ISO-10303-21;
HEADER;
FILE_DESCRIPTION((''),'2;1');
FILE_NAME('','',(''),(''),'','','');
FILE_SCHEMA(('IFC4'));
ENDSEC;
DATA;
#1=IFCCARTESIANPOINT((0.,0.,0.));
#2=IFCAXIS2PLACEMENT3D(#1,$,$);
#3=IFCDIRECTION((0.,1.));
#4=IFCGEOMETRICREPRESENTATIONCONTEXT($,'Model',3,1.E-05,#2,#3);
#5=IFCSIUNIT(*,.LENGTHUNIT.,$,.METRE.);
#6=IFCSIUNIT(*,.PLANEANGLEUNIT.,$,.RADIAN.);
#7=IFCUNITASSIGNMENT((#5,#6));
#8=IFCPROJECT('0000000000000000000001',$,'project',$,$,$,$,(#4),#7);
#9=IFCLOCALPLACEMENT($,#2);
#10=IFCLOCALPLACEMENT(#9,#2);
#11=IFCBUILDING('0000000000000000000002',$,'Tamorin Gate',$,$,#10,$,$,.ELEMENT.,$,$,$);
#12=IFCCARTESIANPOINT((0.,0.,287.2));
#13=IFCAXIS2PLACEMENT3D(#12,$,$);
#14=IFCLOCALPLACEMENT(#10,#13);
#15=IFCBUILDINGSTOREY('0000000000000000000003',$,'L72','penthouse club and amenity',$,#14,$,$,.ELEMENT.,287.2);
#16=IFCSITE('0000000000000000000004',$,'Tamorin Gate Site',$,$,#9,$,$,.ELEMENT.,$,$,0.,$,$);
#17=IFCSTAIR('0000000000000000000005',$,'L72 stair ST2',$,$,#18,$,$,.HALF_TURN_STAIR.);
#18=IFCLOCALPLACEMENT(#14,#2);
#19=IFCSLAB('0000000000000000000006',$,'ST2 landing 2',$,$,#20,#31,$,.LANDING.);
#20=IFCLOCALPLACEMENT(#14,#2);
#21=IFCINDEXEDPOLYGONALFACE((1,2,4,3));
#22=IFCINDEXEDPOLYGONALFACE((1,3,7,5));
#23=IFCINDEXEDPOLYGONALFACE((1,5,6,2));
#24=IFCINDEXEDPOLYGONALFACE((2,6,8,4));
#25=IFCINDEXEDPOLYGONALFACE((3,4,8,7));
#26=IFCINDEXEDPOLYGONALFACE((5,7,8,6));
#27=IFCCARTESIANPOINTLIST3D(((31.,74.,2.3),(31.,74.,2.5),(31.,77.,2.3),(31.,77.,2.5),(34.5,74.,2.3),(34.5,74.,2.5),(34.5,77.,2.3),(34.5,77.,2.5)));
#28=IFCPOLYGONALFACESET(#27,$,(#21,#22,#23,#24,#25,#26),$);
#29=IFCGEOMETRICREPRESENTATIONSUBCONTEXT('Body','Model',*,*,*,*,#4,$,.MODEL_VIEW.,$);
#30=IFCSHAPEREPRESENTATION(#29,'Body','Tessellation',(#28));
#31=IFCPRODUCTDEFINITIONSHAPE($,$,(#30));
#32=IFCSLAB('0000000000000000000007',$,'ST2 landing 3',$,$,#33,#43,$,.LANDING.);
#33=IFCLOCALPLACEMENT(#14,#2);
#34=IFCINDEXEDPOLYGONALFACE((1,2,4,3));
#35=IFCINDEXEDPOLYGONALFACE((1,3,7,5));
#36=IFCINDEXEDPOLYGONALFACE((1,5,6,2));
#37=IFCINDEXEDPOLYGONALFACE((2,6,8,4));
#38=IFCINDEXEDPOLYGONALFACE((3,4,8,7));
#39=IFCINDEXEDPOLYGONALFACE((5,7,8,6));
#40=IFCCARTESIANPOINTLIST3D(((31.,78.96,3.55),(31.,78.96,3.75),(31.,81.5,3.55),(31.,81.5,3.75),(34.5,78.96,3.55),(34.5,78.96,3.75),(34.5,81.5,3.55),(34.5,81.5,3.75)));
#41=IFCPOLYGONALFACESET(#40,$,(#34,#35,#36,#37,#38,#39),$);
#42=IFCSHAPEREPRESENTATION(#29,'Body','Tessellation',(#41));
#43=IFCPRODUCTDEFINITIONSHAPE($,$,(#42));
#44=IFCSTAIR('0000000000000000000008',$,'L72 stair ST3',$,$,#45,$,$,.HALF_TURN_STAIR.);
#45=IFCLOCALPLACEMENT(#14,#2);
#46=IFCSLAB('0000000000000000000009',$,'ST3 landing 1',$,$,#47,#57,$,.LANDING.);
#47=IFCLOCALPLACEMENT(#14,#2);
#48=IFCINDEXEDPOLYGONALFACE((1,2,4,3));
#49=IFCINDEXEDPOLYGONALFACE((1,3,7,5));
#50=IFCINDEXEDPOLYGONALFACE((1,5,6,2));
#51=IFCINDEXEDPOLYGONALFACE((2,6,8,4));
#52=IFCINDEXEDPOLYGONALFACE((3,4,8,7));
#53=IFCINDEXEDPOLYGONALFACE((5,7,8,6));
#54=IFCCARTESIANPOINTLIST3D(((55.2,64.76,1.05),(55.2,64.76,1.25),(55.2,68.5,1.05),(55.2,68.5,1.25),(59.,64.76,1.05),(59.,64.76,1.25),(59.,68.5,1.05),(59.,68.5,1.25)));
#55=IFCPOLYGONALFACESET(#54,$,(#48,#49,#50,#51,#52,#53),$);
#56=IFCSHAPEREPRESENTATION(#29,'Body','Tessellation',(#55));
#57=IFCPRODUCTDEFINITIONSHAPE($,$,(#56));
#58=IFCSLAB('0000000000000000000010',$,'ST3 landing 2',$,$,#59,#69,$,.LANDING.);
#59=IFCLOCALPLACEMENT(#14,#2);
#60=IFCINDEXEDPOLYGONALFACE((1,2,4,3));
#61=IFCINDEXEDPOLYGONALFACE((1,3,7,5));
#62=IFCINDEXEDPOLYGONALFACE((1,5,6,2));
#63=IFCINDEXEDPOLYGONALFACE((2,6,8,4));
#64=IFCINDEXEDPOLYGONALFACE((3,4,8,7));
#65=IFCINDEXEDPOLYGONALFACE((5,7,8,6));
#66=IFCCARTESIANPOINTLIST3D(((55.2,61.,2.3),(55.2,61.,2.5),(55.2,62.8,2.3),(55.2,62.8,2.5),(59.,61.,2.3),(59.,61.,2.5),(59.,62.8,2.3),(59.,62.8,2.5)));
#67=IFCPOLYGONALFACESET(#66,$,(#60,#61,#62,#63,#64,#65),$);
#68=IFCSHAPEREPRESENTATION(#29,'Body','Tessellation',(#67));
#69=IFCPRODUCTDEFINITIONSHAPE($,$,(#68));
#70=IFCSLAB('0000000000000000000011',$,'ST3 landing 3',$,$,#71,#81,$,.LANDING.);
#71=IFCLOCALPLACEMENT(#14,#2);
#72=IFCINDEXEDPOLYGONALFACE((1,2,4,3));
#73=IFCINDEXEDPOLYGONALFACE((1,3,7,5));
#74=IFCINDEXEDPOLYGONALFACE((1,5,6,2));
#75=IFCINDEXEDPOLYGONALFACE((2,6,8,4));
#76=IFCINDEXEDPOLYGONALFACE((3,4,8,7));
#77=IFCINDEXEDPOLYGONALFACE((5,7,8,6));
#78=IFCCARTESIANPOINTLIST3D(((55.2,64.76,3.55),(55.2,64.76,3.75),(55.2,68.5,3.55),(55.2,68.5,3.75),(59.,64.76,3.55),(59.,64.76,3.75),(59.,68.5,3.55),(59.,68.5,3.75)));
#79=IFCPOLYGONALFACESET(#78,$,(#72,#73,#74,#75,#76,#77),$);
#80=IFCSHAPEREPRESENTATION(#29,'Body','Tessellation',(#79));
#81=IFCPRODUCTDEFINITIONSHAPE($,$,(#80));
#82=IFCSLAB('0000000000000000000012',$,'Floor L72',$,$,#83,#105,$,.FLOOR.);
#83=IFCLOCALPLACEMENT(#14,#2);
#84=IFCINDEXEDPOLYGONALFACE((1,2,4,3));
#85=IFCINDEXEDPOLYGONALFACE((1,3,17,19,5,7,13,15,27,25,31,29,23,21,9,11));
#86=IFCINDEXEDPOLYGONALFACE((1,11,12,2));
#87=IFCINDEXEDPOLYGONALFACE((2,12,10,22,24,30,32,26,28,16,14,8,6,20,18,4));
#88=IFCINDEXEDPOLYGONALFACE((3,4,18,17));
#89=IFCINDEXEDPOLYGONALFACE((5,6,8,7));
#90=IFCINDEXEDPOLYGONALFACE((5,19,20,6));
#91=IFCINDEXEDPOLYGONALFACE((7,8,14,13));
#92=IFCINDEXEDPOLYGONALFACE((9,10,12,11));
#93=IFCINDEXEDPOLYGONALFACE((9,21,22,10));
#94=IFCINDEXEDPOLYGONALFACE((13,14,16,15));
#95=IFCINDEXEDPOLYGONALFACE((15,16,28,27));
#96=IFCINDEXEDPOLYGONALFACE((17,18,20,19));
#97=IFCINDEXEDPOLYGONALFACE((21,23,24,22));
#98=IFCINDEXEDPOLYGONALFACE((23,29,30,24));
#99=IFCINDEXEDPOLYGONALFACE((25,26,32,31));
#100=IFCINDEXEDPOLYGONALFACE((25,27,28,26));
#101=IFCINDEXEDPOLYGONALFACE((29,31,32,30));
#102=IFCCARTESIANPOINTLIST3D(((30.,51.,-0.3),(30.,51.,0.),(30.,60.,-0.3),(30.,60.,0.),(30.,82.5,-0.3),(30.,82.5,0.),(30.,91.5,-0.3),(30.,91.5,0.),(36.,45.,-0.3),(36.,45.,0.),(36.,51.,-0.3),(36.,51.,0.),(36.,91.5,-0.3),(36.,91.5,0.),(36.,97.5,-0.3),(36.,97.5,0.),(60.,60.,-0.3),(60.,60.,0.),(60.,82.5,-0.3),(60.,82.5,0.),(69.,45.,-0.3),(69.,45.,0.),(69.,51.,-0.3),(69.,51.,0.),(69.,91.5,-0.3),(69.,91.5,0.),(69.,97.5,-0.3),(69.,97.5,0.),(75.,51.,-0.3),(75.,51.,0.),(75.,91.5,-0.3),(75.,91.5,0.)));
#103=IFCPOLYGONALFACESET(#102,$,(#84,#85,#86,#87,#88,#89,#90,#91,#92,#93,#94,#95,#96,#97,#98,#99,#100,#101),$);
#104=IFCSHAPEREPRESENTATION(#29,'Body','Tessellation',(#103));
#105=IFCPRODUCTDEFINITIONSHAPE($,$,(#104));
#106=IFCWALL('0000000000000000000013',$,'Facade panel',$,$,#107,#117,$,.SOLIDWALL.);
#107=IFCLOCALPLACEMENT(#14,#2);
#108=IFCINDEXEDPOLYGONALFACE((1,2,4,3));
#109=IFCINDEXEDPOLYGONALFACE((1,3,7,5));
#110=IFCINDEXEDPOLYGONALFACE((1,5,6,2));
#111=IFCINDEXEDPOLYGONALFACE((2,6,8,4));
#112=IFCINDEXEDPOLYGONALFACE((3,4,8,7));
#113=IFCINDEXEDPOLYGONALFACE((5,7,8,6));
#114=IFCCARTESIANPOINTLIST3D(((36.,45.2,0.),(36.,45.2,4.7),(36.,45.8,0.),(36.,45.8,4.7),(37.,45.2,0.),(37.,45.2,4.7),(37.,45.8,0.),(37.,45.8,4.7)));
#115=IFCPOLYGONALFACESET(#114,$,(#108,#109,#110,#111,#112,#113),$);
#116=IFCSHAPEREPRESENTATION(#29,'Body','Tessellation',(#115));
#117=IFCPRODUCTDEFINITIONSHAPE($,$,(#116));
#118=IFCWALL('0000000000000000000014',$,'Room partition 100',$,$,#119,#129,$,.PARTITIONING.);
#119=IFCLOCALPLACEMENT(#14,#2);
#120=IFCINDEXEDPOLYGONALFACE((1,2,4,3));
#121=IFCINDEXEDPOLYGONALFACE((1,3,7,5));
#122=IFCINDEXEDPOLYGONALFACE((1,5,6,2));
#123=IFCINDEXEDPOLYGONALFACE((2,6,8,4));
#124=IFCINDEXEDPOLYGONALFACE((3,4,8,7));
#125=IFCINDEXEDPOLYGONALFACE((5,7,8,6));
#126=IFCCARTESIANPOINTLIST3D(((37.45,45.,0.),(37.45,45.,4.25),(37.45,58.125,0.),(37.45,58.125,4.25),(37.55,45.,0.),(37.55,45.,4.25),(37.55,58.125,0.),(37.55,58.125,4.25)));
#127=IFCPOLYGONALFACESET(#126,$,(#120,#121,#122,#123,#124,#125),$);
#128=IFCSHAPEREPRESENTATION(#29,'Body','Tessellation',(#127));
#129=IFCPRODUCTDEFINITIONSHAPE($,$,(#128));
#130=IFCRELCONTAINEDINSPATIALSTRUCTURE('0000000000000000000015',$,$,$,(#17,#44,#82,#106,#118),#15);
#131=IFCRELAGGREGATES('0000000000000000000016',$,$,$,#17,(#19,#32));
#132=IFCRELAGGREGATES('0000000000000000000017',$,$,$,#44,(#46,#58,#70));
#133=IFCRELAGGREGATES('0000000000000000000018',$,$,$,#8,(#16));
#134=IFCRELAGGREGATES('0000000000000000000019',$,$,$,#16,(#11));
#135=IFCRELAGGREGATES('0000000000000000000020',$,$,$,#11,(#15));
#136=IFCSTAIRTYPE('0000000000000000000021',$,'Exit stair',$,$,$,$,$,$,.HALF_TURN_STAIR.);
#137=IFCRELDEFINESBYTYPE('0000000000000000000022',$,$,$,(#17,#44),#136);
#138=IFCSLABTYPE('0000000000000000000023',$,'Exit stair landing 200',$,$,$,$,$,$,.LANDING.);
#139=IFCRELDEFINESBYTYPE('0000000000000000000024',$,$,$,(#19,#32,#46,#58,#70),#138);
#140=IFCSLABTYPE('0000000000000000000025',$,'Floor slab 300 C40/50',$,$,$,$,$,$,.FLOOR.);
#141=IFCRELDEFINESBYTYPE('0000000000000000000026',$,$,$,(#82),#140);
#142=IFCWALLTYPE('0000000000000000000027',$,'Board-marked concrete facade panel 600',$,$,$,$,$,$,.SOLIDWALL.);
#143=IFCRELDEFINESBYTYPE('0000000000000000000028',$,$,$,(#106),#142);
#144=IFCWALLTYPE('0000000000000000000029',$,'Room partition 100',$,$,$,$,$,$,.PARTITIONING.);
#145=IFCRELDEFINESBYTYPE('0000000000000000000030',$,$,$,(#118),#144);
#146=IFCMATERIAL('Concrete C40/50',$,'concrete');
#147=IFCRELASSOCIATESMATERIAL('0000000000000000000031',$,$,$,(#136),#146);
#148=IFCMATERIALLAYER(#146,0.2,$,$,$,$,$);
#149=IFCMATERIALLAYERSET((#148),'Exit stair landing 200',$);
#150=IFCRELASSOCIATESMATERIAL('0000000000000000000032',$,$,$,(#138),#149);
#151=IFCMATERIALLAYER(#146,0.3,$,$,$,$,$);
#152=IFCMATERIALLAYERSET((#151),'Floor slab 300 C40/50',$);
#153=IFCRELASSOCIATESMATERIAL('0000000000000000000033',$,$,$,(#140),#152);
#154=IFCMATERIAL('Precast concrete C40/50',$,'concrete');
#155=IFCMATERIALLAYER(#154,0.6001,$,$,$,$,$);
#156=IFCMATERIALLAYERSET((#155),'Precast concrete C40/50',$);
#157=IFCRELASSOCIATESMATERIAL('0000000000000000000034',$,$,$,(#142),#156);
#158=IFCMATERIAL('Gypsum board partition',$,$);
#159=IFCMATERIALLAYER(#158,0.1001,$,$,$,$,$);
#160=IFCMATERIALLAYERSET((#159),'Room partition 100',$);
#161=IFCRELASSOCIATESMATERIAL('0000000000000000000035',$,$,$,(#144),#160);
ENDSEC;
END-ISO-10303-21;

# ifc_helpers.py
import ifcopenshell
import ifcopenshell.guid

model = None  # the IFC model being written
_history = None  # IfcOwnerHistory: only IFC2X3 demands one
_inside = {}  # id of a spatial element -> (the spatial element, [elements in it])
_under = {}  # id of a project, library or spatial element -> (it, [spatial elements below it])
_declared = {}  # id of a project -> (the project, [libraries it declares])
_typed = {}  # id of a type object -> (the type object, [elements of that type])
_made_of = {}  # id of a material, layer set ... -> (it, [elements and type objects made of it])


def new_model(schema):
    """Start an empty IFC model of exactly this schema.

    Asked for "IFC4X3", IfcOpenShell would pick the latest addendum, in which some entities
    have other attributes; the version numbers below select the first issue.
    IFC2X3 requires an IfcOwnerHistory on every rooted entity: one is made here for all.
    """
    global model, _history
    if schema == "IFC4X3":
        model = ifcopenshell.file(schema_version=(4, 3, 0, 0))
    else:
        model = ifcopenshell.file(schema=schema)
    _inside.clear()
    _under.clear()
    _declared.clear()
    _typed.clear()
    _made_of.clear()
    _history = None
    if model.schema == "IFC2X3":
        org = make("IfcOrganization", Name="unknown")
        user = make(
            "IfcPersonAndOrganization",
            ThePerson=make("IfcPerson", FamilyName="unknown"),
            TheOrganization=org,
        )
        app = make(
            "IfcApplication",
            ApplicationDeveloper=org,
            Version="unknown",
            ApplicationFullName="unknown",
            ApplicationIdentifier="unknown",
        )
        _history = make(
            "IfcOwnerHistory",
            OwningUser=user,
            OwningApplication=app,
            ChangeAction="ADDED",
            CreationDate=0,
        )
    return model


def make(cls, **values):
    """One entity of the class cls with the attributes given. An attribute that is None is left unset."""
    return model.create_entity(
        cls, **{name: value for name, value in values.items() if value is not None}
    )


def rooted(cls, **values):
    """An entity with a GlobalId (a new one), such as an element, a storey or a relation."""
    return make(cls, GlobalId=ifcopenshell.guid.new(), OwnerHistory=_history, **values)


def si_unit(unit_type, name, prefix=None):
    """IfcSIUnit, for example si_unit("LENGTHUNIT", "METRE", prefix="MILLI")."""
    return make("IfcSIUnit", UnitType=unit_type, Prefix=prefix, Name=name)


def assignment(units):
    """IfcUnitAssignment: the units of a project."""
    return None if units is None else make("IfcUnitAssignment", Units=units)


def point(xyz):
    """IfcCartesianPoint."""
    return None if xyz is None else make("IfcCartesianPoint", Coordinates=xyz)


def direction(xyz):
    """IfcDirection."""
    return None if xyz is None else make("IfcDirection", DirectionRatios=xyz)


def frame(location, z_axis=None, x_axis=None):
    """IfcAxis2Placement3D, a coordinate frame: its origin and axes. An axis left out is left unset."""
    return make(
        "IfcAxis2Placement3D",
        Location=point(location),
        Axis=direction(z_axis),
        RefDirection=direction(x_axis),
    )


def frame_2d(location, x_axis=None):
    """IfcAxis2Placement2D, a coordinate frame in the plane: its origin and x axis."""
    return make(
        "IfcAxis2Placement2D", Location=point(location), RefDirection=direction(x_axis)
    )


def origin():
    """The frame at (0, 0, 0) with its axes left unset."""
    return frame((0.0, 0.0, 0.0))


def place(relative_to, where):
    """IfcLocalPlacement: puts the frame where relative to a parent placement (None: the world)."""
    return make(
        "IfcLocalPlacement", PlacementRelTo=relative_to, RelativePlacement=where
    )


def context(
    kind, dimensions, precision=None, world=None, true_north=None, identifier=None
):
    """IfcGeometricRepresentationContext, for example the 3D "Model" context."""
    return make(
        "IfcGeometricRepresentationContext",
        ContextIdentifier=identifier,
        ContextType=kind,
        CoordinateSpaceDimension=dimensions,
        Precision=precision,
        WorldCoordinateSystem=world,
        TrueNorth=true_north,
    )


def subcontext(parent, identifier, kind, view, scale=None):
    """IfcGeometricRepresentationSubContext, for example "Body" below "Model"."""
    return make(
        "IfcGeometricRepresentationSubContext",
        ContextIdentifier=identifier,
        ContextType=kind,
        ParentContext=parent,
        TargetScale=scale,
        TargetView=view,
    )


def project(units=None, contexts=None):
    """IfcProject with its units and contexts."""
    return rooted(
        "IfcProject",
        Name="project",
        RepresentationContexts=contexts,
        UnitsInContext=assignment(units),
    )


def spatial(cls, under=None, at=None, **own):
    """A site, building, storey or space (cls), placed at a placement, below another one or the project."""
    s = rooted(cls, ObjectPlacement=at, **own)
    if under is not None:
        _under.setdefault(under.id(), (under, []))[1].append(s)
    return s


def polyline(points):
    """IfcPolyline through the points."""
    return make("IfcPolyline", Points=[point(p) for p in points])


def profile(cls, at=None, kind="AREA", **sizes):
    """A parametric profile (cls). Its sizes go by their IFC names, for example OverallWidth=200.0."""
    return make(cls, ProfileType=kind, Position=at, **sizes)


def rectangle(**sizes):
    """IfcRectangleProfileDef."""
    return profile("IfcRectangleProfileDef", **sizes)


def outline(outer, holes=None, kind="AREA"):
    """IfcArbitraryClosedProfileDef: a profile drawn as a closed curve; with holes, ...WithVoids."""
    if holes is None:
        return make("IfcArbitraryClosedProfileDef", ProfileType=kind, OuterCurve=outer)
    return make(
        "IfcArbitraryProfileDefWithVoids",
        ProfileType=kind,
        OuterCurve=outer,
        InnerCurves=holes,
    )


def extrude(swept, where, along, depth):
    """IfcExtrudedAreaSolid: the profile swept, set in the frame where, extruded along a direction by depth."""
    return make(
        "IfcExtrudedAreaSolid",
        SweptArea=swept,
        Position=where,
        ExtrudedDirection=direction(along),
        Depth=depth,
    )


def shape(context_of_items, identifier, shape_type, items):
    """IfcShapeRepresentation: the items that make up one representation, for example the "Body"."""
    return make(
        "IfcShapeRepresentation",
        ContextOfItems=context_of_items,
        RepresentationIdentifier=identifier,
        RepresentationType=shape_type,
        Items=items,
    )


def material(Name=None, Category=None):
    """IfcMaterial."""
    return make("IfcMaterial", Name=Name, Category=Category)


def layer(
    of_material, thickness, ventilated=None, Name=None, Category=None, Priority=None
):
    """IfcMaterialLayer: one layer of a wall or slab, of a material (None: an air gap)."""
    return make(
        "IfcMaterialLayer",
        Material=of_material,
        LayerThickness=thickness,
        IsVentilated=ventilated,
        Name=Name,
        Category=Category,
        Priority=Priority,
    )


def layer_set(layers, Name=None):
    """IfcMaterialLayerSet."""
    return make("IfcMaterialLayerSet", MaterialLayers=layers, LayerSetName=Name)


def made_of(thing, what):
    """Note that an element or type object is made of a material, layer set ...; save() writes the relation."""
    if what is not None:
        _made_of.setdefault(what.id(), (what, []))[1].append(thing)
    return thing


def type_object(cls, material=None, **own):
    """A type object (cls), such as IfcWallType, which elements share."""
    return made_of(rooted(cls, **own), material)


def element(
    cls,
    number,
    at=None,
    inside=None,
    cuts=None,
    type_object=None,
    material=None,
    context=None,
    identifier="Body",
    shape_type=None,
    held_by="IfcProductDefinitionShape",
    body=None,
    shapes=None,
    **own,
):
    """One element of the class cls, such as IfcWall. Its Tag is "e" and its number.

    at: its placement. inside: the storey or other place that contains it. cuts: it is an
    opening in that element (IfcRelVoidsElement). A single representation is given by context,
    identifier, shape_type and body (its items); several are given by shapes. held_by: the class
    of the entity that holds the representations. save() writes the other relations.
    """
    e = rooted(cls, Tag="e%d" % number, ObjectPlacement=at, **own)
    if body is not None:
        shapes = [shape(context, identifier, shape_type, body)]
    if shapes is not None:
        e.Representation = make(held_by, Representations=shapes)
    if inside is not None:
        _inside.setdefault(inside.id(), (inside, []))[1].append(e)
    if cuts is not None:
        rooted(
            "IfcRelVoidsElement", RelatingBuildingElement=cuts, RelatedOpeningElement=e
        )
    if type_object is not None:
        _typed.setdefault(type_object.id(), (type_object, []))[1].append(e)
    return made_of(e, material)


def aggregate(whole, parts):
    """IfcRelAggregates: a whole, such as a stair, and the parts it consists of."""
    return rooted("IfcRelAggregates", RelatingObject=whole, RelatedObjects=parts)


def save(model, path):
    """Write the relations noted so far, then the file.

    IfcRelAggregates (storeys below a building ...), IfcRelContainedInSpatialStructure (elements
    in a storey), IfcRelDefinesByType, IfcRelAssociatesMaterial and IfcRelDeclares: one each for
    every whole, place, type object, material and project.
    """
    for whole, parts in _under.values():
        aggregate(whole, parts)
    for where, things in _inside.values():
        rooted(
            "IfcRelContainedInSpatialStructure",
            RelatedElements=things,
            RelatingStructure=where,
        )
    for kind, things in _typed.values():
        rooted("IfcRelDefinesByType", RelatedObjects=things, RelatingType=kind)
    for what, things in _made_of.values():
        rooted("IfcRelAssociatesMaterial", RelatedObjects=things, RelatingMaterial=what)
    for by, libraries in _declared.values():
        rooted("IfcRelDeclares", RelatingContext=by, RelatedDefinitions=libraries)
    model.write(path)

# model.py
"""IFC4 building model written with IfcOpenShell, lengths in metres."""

from ifc_helpers import new_model, si_unit, direction, frame, frame_2d, origin, place, context, subcontext, project, spatial, polyline, rectangle, outline, extrude, material, layer, layer_set, type_object, element, aggregate, save


model = new_model("IFC4")

# Units and contexts
model_context = context("Model", 3, precision=1e-05, world=origin(), true_north=direction((0.0, 1.0)))
body_context = subcontext(model_context, "Body", "Model", "MODEL_VIEW")
ifc_project = project(units=[si_unit("LENGTHUNIT", "METRE"), si_unit("PLANEANGLEUNIT", "RADIAN")], contexts=[model_context])

# Site, building, storey
site_placement = place(None, origin())
site = spatial("IfcSite", under=ifc_project, at=site_placement, Name="Tamorin Gate Site", CompositionType="ELEMENT", RefElevation=0.0)
building_placement = place(site_placement, origin())
building = spatial("IfcBuilding", under=site, at=building_placement, Name="Tamorin Gate", CompositionType="ELEMENT")
storey_placement = place(building_placement, frame((0.0, 0.0, 287.2)))
storey = spatial("IfcBuildingStorey", under=building, at=storey_placement, Name="L72", Description="penthouse club and amenity", CompositionType="ELEMENT", Elevation=287.2)

# Shared definitions
ifc_material_1 = material(Name="Concrete C40/50", Category="concrete")

# Stairs, slabs
stair_type = type_object("IfcStairType", Name="Exit stair", PredefinedType="HALF_TURN_STAIR", material=ifc_material_1)
ifc_layer_1 = layer(ifc_material_1, 0.2)
ifc_layer_set_1 = layer_set([ifc_layer_1], Name="Exit stair landing 200")
slab_type_1 = type_object("IfcSlabType", Name="Exit stair landing 200", PredefinedType="LANDING", material=ifc_layer_set_1)
stair_1_placement = place(storey_placement, origin())
stair_1 = element("IfcStair", 1, at=stair_1_placement, inside=storey, type_object=stair_type, Name="L72 stair ST2", PredefinedType="HALF_TURN_STAIR")
slab_1_placement = place(storey_placement, frame((0.0, 0.0, 2.3)))
slab_1 = element("IfcSlab", 2, at=slab_1_placement, type_object=slab_type_1, Name="ST2 landing 2", PredefinedType="LANDING", context=body_context, shape_type="SweptSolid", body=[
    extrude(outline(polyline([(34.5, 74.0), (34.5, 77.0), (31.0, 77.0), (31.0, 74.0), (34.5, 74.0)])), origin(), (0.0, 0.0, 1.0), 0.2),
])
slab_2_placement = place(storey_placement, frame((0.0, 0.0, 3.55)))
slab_2 = element("IfcSlab", 3, at=slab_2_placement, type_object=slab_type_1, Name="ST2 landing 3", PredefinedType="LANDING", context=body_context, shape_type="SweptSolid", body=[
    extrude(outline(polyline([(34.5, 78.96), (34.5, 81.5), (31.0, 81.5), (31.0, 78.96), (34.5, 78.96)])), origin(), (0.0, 0.0, 1.0), 0.2),
])
aggregate(stair_1, [slab_1, slab_2])
stair_2_placement = place(storey_placement, origin())
stair_2 = element("IfcStair", 4, at=stair_2_placement, inside=storey, type_object=stair_type, Name="L72 stair ST3", PredefinedType="HALF_TURN_STAIR")
slab_3_placement = place(storey_placement, frame((0.0, 0.0, 1.05)))
slab_3 = element("IfcSlab", 5, at=slab_3_placement, type_object=slab_type_1, Name="ST3 landing 1", PredefinedType="LANDING", context=body_context, shape_type="SweptSolid", body=[
    extrude(outline(polyline([(59.0, 64.76), (59.0, 68.5), (55.2, 68.5), (55.2, 64.76), (59.0, 64.76)])), origin(), (0.0, 0.0, 1.0), 0.2),
])
slab_4_placement = place(storey_placement, frame((0.0, 0.0, 2.3)))
slab_4 = element("IfcSlab", 6, at=slab_4_placement, type_object=slab_type_1, Name="ST3 landing 2", PredefinedType="LANDING", context=body_context, shape_type="SweptSolid", body=[
    extrude(outline(polyline([(59.0, 61.0), (59.0, 62.8), (55.2, 62.8), (55.2, 61.0), (59.0, 61.0)])), origin(), (0.0, 0.0, 1.0), 0.2),
])
slab_5_placement = place(storey_placement, frame((0.0, 0.0, 3.55)))
slab_5 = element("IfcSlab", 7, at=slab_5_placement, type_object=slab_type_1, Name="ST3 landing 3", PredefinedType="LANDING", context=body_context, shape_type="SweptSolid", body=[
    extrude(outline(polyline([(59.0, 64.76), (59.0, 68.5), (55.2, 68.5), (55.2, 64.76), (59.0, 64.76)])), origin(), (0.0, 0.0, 1.0), 0.2),
])
aggregate(stair_2, [slab_3, slab_4, slab_5])

# Slab
ifc_layer_2 = layer(ifc_material_1, 0.3)
ifc_layer_set_2 = layer_set([ifc_layer_2], Name="Floor slab 300 C40/50")
slab_type_2 = type_object("IfcSlabType", Name="Floor slab 300 C40/50", PredefinedType="FLOOR", material=ifc_layer_set_2)
slab_6_placement = place(storey_placement, frame((0.0, 0.0, -0.3)))
element("IfcSlab", 8, at=slab_6_placement, inside=storey, type_object=slab_type_2, Name="Floor L72", PredefinedType="FLOOR", context=body_context, shape_type="SweptSolid", body=[
    extrude(outline(polyline([(30.0, 91.5), (36.0, 91.5), (36.0, 97.5), (69.0, 97.5), (69.0, 91.5), (75.0, 91.5), (75.0, 51.0), (69.0, 51.0), (69.0, 45.0), (36.0, 45.0), (36.0, 51.0), (30.0, 51.0), (30.0, 60.0), (60.0, 60.0), (60.0, 82.5), (30.0, 82.5), (30.0, 91.5)])), origin(), (0.0, 0.0, 1.0), 0.3),
])

# Walls
ifc_material_2 = material(Name="Precast concrete C40/50", Category="concrete")
ifc_layer_3 = layer(ifc_material_2, 0.6001)
ifc_layer_set_3 = layer_set([ifc_layer_3], Name="Precast concrete C40/50")
wall_type_1 = type_object("IfcWallType", Name="Board-marked concrete facade panel 600", PredefinedType="SOLIDWALL", material=ifc_layer_set_3)
wall_1_placement = place(storey_placement, frame((36.0, 45.5, 0.0), z_axis=(0.0, 0.0, 1.0), x_axis=(1.0, 0.0, 0.0)))
element("IfcWall", 9, at=wall_1_placement, inside=storey, type_object=wall_type_1, Name="Facade panel", PredefinedType="SOLIDWALL", context=body_context, shape_type="SweptSolid", body=[
    extrude(rectangle(XDim=1.0, YDim=0.6001, at=frame_2d((0.5, 0.0))), origin(), (0.0, 0.0, 1.0), 4.7),
])
ifc_material_3 = material(Name="Gypsum board partition")
ifc_layer_4 = layer(ifc_material_3, 0.1001)
ifc_layer_set_4 = layer_set([ifc_layer_4], Name="Room partition 100")
wall_type_2 = type_object("IfcWallType", Name="Room partition 100", PredefinedType="PARTITIONING", material=ifc_layer_set_4)
wall_2_placement = place(storey_placement, frame((37.5, 45.0, 0.0), z_axis=(0.0, 0.0, 1.0), x_axis=(0.0, 1.0, 0.0)))
element("IfcWall", 10, at=wall_2_placement, inside=storey, type_object=wall_type_2, Name="Room partition 100", PredefinedType="PARTITIONING", context=body_context, shape_type="SweptSolid", body=[
    extrude(rectangle(XDim=13.125, YDim=0.1001, at=frame_2d((6.5625, 0.0))), origin(), (0.0, 0.0, 1.0), 4.25),
])

save(model, "model.ifc")
